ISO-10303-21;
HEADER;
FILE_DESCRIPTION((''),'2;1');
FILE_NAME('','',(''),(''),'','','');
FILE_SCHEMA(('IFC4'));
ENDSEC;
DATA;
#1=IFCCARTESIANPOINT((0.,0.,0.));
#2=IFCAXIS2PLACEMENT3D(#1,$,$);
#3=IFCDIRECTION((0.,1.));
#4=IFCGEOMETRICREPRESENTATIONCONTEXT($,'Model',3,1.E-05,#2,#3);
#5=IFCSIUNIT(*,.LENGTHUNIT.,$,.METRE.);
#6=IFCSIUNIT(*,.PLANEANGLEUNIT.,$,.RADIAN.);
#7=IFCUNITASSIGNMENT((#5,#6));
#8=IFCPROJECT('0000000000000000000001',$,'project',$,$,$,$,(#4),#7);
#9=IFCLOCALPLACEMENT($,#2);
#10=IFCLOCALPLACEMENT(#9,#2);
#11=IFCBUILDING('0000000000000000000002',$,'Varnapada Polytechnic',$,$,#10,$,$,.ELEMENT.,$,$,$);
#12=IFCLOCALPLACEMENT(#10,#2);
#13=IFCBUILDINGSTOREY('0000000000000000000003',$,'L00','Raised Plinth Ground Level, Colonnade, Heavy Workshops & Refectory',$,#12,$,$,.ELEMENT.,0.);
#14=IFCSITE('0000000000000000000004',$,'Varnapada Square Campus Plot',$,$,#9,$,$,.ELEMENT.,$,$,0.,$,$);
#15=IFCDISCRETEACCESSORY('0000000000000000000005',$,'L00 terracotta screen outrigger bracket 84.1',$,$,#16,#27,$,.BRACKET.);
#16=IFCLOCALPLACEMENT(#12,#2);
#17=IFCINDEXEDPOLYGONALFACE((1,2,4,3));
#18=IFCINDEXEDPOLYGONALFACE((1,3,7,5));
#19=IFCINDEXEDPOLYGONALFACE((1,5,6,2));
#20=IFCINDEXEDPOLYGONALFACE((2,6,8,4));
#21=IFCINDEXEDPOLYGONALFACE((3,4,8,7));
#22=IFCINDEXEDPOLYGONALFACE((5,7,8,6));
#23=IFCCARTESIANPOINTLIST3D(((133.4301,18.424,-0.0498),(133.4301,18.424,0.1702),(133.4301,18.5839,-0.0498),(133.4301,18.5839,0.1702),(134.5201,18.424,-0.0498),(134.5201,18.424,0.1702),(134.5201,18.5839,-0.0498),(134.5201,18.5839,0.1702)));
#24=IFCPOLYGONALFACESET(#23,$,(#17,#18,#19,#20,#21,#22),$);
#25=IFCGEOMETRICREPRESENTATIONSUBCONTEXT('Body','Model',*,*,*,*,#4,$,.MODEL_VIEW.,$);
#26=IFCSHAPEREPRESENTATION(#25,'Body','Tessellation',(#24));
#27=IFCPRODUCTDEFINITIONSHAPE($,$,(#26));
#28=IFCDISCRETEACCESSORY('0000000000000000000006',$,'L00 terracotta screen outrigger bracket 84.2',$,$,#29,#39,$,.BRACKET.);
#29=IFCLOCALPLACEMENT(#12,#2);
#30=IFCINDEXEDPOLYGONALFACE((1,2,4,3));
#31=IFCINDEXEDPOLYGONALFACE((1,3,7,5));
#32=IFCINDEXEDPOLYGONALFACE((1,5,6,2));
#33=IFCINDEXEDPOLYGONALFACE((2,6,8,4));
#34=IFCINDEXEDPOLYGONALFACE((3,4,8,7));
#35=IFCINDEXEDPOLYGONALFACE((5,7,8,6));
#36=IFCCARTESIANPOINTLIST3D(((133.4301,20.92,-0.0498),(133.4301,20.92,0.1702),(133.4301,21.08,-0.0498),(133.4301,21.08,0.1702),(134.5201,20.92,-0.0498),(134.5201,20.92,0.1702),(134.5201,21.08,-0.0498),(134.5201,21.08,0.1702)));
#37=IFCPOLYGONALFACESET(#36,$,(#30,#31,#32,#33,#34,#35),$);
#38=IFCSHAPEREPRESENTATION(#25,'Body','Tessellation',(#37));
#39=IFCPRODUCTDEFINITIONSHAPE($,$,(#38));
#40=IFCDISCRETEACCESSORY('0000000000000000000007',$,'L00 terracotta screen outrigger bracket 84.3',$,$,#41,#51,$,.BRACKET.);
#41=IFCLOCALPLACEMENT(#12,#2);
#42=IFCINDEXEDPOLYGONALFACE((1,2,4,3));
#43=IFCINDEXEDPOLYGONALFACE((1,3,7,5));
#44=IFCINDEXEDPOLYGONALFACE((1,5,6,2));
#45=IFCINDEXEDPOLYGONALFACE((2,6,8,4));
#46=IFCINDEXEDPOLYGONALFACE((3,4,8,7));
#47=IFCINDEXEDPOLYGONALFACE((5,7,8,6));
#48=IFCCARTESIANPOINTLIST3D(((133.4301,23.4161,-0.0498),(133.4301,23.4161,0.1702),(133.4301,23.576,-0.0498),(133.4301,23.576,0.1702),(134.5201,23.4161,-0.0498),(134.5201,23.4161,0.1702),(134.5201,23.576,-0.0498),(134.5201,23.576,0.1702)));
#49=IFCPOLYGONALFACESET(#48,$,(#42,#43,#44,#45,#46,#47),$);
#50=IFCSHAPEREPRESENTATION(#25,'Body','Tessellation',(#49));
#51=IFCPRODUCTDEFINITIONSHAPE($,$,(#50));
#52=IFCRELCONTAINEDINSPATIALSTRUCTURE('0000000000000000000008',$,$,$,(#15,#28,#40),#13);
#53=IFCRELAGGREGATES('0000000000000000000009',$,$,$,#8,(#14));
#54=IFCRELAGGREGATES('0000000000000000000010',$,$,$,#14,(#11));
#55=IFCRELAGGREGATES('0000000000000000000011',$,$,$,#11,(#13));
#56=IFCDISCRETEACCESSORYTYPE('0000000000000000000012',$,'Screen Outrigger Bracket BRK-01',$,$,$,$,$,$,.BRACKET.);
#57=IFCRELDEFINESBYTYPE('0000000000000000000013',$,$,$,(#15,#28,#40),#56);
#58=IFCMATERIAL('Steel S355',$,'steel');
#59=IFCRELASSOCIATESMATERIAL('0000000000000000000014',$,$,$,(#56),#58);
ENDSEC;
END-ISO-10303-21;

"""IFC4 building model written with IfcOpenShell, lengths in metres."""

from ifc_helpers import new_model, si_unit, direction, frame, origin, origin_2d, place, context, subcontext, project, spatial, rectangle, extrude, material, type_object, element, save


model = new_model("IFC4")

# Units and contexts
model_context = context("Model", 3, precision=1e-05, world=origin(), true_north=direction((0.0, 1.0)))
body_context = subcontext(model_context, "Body", "Model", "MODEL_VIEW")
ifc_project = project(units=[si_unit("LENGTHUNIT", "METRE"), si_unit("PLANEANGLEUNIT", "RADIAN")], contexts=[model_context])

# Site, building, storey
site_placement = place(None, origin())
site = spatial("IfcSite", under=ifc_project, at=site_placement, Name="Varnapada Square Campus Plot", CompositionType="ELEMENT", RefElevation=0.0)
building_placement = place(site_placement, origin())
building = spatial("IfcBuilding", under=site, at=building_placement, Name="Varnapada Polytechnic", CompositionType="ELEMENT")
storey_placement = place(building_placement, origin())
storey = spatial("IfcBuildingStorey", under=building, at=storey_placement, Name="L00", Description="Raised Plinth Ground Level, Colonnade, Heavy Workshops & Refectory", CompositionType="ELEMENT", Elevation=0.0)

# Discrete accessories
ifc_material_1 = material(Name="Steel S355", Category="steel")
discrete_accessory_type = type_object("IfcDiscreteAccessoryType", Name="Screen Outrigger Bracket BRK-01", PredefinedType="BRACKET", material=ifc_material_1)
for number, where, z_axis, x_axis, name in (
    (1, (133.9751, 18.5039, -0.0498), (0.0, 0.0, 1.0), (0.0, 1.0, 0.0), "L00 terracotta screen outrigger bracket 84.1"),
    (2, (133.9751, 21.0, -0.0498), (0.0, 0.0, 1.0), (0.0, 1.0, 0.0), "L00 terracotta screen outrigger bracket 84.2"),
    (3, (133.9751, 23.4961, -0.0498), (0.0, 0.0, 1.0), (0.0, 1.0, 0.0), "L00 terracotta screen outrigger bracket 84.3"),
):
    element("IfcDiscreteAccessory", number, at=place(storey_placement, frame(where, z_axis=z_axis, x_axis=x_axis)), inside=storey, type_object=discrete_accessory_type, Name=name, PredefinedType="BRACKET", context=body_context, shape_type="SweptSolid", body=[
        extrude(rectangle(XDim=0.1599, YDim=1.0901, at=origin_2d()), origin(), (0.0, 0.0, 1.0), 0.22),
    ])

save(model, "model.ifc")
